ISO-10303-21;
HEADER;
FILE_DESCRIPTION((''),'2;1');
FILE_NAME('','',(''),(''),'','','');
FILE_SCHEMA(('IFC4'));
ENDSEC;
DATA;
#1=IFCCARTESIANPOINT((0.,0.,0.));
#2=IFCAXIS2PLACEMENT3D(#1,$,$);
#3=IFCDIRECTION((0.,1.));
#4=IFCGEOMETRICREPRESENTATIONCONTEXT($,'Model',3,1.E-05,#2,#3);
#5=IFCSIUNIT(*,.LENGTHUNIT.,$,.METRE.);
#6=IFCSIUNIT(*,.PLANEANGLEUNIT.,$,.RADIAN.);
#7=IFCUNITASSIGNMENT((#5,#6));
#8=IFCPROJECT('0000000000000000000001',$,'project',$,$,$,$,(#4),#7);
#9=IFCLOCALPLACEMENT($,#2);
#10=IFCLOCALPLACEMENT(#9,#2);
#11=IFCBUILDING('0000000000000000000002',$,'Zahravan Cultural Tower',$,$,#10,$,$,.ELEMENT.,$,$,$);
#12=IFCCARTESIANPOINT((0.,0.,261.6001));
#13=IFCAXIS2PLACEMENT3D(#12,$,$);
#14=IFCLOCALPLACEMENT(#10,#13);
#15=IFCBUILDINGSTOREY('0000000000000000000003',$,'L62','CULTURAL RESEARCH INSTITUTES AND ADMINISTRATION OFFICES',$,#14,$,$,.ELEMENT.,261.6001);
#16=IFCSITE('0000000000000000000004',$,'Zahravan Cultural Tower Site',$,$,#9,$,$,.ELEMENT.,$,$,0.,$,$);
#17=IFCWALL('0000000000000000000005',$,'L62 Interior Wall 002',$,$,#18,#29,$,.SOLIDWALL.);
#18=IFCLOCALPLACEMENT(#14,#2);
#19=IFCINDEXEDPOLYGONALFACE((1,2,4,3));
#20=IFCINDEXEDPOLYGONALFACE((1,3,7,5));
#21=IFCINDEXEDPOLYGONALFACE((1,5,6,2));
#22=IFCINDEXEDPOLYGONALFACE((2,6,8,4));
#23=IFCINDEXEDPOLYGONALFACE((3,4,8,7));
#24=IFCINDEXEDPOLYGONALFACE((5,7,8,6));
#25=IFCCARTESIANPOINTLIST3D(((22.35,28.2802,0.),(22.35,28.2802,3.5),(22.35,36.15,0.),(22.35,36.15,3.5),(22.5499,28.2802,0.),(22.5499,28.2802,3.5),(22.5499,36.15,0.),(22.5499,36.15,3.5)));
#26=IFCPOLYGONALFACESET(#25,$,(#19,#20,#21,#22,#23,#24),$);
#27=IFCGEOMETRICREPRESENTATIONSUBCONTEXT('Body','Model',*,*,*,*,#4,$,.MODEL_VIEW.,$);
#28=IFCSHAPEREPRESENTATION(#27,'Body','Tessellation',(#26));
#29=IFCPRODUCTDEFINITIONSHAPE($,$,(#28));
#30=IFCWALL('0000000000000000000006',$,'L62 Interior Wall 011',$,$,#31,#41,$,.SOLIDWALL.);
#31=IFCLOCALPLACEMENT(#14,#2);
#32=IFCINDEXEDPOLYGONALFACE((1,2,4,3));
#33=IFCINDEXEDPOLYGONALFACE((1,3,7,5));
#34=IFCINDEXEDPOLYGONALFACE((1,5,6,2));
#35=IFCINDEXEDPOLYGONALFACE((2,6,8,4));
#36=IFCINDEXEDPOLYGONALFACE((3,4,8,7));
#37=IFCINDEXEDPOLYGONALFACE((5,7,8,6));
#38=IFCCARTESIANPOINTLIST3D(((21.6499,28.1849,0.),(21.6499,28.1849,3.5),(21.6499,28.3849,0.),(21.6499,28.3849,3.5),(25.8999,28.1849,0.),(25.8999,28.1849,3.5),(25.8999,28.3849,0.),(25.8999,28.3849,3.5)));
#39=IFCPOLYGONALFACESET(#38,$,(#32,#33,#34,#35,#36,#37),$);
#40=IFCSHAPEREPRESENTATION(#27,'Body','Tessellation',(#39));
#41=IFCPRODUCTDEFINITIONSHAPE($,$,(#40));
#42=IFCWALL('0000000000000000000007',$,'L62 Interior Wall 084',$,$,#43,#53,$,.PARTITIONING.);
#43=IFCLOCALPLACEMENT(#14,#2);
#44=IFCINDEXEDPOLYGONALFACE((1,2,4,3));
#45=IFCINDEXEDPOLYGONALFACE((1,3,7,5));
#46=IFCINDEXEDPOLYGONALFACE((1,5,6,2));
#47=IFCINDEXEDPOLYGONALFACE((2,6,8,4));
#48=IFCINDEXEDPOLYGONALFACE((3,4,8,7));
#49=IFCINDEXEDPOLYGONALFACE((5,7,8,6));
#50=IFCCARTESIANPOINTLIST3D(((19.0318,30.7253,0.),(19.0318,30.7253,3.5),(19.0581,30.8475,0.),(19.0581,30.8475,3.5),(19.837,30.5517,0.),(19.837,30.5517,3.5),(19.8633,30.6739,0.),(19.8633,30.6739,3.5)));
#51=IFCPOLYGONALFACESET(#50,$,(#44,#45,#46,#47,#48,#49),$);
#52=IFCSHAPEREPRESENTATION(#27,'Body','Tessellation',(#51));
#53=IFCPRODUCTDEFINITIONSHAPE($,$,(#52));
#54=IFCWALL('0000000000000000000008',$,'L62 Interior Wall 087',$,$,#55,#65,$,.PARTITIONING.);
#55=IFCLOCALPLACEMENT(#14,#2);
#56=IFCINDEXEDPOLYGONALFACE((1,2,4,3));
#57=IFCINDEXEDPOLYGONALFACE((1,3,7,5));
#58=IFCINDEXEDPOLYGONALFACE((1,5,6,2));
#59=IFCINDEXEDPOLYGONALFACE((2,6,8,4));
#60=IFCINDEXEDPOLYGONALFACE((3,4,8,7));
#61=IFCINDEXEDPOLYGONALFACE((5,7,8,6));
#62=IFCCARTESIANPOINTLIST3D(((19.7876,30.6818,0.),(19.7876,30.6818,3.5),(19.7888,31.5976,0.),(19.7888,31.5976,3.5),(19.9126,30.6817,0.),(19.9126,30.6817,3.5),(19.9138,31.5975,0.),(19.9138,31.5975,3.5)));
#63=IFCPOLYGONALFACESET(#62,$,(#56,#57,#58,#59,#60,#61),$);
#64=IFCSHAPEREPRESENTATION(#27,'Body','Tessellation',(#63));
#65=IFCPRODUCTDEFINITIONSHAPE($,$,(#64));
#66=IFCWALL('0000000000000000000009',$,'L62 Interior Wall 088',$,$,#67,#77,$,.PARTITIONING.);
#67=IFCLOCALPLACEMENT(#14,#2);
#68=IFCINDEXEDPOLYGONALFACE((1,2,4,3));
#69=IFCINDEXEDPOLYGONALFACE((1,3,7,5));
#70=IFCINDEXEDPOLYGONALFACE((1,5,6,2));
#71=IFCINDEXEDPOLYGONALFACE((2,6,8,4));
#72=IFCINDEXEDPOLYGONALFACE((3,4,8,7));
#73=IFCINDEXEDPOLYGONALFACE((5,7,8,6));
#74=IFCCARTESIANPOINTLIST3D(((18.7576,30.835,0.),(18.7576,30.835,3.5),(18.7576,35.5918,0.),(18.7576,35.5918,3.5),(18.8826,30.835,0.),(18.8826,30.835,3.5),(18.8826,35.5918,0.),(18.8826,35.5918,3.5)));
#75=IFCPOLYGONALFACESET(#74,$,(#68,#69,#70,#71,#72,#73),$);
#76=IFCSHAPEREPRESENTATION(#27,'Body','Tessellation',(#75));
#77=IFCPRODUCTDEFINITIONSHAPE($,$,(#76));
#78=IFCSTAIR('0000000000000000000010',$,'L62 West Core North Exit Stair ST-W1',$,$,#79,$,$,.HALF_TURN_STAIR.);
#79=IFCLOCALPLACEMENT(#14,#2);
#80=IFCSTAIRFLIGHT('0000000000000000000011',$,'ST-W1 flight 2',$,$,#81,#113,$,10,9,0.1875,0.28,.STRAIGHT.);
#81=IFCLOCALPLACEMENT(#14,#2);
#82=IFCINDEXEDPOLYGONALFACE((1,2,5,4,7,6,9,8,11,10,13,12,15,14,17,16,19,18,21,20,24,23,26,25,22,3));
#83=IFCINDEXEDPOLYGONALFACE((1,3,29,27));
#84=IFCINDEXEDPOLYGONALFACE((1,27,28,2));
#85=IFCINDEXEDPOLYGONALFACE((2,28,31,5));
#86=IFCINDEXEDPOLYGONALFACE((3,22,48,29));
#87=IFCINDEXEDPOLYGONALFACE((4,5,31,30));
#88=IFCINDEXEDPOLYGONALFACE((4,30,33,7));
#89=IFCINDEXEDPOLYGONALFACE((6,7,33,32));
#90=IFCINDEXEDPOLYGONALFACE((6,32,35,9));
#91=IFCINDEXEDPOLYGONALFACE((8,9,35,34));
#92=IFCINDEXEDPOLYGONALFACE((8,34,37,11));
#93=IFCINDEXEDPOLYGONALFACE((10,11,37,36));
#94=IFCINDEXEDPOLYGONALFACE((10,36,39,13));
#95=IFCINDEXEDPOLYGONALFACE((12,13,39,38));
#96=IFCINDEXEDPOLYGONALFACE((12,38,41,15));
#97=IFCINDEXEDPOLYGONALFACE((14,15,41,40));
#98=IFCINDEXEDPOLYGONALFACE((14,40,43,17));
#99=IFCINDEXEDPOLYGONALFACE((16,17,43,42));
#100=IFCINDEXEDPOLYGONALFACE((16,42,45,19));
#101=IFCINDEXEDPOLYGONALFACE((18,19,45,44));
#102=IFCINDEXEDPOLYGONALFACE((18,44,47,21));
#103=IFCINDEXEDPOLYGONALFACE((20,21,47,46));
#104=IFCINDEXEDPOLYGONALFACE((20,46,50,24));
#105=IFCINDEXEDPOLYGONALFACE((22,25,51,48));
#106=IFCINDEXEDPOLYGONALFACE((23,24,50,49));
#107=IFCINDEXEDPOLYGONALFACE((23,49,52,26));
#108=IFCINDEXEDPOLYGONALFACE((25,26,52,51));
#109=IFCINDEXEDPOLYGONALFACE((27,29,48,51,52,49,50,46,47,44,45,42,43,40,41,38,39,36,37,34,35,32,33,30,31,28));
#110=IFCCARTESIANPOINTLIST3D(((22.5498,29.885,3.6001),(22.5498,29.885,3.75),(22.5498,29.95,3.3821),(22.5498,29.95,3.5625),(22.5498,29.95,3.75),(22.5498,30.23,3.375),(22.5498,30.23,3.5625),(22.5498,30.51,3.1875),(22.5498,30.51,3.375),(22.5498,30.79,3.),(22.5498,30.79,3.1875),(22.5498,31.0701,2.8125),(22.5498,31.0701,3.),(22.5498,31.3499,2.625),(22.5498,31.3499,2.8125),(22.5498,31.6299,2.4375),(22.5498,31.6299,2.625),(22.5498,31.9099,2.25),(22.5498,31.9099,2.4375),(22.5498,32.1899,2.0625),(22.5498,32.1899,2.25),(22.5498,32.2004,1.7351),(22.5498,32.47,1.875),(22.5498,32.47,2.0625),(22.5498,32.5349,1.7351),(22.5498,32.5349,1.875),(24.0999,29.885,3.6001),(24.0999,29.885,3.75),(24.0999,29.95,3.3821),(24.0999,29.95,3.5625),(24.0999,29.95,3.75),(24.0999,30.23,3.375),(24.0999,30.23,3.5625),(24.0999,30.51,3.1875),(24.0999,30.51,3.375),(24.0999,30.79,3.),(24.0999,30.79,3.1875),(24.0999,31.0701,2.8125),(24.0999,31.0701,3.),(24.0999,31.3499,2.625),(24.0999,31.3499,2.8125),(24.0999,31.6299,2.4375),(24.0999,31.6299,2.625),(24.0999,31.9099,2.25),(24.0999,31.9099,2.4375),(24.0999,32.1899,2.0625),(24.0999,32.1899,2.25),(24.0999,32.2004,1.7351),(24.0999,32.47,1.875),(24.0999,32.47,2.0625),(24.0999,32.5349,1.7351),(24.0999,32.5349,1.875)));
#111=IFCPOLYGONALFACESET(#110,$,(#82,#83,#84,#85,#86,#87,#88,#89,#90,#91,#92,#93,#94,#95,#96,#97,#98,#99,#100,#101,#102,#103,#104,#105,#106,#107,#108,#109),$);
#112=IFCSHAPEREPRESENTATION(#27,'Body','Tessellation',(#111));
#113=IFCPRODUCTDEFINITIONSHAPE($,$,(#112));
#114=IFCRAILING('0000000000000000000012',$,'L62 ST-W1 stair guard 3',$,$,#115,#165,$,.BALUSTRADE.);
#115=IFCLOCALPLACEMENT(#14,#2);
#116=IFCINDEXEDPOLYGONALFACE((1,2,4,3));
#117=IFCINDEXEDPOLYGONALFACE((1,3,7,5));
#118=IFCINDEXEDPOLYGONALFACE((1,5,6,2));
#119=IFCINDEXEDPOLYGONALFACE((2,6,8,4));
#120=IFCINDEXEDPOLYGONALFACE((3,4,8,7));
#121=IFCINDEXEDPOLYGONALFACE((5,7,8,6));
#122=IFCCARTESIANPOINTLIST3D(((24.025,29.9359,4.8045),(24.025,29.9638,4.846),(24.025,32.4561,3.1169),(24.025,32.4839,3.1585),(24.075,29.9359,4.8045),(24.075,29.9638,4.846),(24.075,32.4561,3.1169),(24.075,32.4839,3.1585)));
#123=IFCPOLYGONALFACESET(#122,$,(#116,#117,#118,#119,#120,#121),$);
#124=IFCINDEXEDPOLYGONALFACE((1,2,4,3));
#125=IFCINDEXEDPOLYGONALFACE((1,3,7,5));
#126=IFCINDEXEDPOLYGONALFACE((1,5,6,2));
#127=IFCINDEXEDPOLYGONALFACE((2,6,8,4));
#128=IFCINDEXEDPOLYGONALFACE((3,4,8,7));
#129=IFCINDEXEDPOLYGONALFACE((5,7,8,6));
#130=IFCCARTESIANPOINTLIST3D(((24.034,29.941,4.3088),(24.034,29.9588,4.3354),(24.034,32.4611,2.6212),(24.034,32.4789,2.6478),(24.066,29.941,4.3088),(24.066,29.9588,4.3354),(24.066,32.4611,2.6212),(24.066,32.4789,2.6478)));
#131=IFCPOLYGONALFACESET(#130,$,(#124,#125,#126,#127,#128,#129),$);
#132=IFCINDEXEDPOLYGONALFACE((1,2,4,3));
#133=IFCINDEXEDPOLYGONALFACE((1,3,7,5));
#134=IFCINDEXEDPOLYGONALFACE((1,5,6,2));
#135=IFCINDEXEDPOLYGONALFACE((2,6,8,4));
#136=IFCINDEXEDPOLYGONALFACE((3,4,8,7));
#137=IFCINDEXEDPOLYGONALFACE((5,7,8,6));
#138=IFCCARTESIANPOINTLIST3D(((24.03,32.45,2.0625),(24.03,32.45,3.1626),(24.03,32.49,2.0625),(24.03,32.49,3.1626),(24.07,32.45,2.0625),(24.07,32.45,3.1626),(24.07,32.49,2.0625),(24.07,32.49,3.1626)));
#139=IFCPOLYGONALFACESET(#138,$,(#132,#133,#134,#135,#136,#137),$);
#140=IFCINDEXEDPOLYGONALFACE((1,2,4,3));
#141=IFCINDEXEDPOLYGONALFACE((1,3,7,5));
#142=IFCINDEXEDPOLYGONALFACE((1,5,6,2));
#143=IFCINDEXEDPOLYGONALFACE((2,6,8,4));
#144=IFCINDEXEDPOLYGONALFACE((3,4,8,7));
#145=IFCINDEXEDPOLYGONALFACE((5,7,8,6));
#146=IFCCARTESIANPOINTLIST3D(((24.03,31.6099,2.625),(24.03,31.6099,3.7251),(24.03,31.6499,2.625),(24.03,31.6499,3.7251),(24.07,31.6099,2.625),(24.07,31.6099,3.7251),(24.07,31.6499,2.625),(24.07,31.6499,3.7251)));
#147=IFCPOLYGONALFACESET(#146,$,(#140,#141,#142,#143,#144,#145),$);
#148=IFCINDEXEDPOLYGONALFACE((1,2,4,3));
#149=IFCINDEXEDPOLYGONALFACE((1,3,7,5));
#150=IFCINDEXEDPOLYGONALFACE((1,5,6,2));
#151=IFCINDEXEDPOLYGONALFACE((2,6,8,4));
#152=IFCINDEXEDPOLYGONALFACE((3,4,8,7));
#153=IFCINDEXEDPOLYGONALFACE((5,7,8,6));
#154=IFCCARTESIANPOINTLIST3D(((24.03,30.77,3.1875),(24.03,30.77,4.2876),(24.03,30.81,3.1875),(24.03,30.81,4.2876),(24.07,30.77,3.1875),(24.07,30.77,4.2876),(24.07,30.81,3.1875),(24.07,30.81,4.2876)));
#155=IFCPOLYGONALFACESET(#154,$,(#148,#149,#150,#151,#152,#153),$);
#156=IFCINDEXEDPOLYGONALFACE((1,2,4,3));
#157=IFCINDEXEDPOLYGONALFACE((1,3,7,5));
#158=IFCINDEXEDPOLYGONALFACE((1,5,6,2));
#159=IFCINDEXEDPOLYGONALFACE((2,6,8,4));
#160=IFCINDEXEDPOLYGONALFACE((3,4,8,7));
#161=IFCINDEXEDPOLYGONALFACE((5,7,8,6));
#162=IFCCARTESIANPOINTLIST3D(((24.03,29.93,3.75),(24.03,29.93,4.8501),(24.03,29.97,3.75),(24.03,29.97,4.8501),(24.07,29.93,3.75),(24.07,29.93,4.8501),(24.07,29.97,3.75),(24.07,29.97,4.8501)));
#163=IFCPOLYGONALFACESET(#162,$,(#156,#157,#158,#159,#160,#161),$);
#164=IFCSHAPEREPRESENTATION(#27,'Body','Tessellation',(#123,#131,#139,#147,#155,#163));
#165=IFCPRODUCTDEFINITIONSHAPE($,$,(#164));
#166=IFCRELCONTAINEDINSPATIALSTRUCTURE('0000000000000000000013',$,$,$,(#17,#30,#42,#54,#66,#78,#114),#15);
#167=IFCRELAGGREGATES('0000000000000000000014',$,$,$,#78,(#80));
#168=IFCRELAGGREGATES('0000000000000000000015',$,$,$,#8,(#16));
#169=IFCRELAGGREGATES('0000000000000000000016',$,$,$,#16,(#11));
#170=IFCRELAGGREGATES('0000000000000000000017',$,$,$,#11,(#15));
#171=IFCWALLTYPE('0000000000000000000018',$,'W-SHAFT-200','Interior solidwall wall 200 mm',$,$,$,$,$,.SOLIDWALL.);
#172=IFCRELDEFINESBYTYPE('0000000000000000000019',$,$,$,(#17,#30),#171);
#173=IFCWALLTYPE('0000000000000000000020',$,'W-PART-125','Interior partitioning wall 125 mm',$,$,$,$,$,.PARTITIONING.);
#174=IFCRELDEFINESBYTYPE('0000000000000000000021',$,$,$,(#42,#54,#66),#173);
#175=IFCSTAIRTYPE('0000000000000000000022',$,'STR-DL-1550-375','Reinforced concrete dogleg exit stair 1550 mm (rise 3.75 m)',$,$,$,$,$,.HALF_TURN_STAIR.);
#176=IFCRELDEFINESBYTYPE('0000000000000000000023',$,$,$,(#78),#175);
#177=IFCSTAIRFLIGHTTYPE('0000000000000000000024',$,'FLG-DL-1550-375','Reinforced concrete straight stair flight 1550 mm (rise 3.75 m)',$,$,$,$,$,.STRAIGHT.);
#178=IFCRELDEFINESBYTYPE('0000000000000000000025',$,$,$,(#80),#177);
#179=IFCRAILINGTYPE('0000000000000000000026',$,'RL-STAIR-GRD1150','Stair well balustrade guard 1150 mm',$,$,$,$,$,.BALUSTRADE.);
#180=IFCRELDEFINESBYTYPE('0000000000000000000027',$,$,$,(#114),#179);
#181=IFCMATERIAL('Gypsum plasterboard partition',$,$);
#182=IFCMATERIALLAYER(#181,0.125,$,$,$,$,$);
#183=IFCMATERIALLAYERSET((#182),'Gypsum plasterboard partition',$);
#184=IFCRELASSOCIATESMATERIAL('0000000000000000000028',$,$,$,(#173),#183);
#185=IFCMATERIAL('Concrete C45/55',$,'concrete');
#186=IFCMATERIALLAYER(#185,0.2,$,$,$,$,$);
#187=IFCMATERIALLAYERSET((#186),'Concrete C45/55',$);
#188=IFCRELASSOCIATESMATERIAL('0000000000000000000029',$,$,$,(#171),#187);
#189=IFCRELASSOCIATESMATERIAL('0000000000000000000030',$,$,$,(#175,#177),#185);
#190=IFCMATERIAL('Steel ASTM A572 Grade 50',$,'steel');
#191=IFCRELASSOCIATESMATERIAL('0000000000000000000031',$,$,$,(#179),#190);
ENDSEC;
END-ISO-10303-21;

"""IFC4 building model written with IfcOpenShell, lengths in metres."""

from ifc_helpers import new_model, si_unit, direction, frame, frame_2d, origin, origin_2d, place, context, subcontext, project, spatial, polyline, rectangle, outline, extrude, source, transform, mapped, material, layer, layer_set, type_object, element, aggregate, save


model = new_model("IFC4")

# Units and contexts
model_context = context("Model", 3, precision=1e-05, world=origin(), true_north=direction((0.0, 1.0)))
body_context = subcontext(model_context, "Body", "Model", "MODEL_VIEW")
ifc_project = project(units=[si_unit("LENGTHUNIT", "METRE"), si_unit("PLANEANGLEUNIT", "RADIAN")], contexts=[model_context])

# Site, building, storey
site_placement = place(None, origin())
site = spatial("IfcSite", under=ifc_project, at=site_placement, Name="Zahravan Cultural Tower Site", CompositionType="ELEMENT", RefElevation=0.0)
building_placement = place(site_placement, origin())
building = spatial("IfcBuilding", under=site, at=building_placement, Name="Zahravan Cultural Tower", CompositionType="ELEMENT")
storey_placement = place(building_placement, frame((0.0, 0.0, 261.6001)))
storey = spatial("IfcBuildingStorey", under=building, at=storey_placement, Name="L62", Description="CULTURAL RESEARCH INSTITUTES AND ADMINISTRATION OFFICES", CompositionType="ELEMENT", Elevation=261.6001)

# Shared definitions
ifc_material_1 = material(Name="Gypsum plasterboard partition")
ifc_layer_1 = layer(ifc_material_1, 0.125)
ifc_layer_set_1 = layer_set([ifc_layer_1], Name="Gypsum plasterboard partition")
wall_type_1 = type_object("IfcWallType", Name="W-PART-125", Description="Interior partitioning wall 125 mm", PredefinedType="PARTITIONING", material=ifc_layer_set_1)

# Walls
ifc_material_2 = material(Name="Concrete C45/55", Category="concrete")
ifc_layer_2 = layer(ifc_material_2, 0.2)
ifc_layer_set_2 = layer_set([ifc_layer_2], Name="Concrete C45/55")
wall_type_2 = type_object("IfcWallType", Name="W-SHAFT-200", Description="Interior solidwall wall 200 mm", PredefinedType="SOLIDWALL", material=ifc_layer_set_2)
shared_shape_1 = source(origin(), body_context, "Body", "SweptSolid", [
    extrude(rectangle(XDim=7.8699, YDim=0.2, at=frame_2d((3.9351, 0.0))), origin(), (0.0, 0.0, 1.0), 3.5),
])
wall_1_placement = place(storey_placement, frame((22.45, 28.28, 0.0), z_axis=(0.0, 0.0, 1.0), x_axis=(0.0, 1.0, 0.0)))
element("IfcWall", 1, at=wall_1_placement, inside=storey, type_object=wall_type_2, Name="L62 Interior Wall 002", PredefinedType="SOLIDWALL", context=body_context, shape_type="MappedRepresentation", body=[
    mapped(shared_shape_1, transform((0.0, 0.0, 0.0), x_axis=(1.0, 0.0, 0.0), y_axis=(0.0, 1.0, 0.0), z_axis=(0.0, 0.0, 1.0), scale=1.0)),
])
shared_shape_2 = source(origin(), body_context, "Body", "SweptSolid", [
    extrude(rectangle(XDim=4.25, YDim=0.2, at=frame_2d((2.125, 0.0))), origin(), (0.0, 0.0, 1.0), 3.5),
])
wall_2_placement = place(storey_placement, frame((21.6499, 28.2849, 0.0), z_axis=(0.0, 0.0, 1.0), x_axis=(1.0, 0.0, 0.0)))
element("IfcWall", 2, at=wall_2_placement, inside=storey, type_object=wall_type_2, Name="L62 Interior Wall 011", PredefinedType="SOLIDWALL", context=body_context, shape_type="MappedRepresentation", body=[
    mapped(shared_shape_2, transform((0.0, 0.0, 0.0), x_axis=(1.0, 0.0, 0.0), y_axis=(0.0, 1.0, 0.0), z_axis=(0.0, 0.0, 1.0), scale=1.0)),
])
shared_shape_3 = source(origin(), body_context, "Body", "SweptSolid", [
    extrude(rectangle(XDim=0.8237, YDim=0.125, at=frame_2d((0.4119, 0.0))), origin(), (0.0, 0.0, 1.0), 3.5),
])
wall_3_placement = place(storey_placement, frame((19.0449, 30.7864, 0.0), z_axis=(0.0, 0.0, 1.0), x_axis=(0.977541, -0.210743, 0.0)))
element("IfcWall", 3, at=wall_3_placement, inside=storey, type_object=wall_type_1, Name="L62 Interior Wall 084", PredefinedType="PARTITIONING", context=body_context, shape_type="MappedRepresentation", body=[
    mapped(shared_shape_3, transform((0.0, 0.0, 0.0), x_axis=(1.0, 0.0, 0.0), y_axis=(0.0, 1.0, 0.0), z_axis=(0.0, 0.0, 1.0), scale=1.0)),
])
shared_shape_4 = source(origin(), body_context, "Body", "SweptSolid", [
    extrude(rectangle(XDim=0.9158, YDim=0.125, at=frame_2d((0.458, 0.0))), origin(), (0.0, 0.0, 1.0), 3.5),
])
wall_4_placement = place(storey_placement, frame((19.8513, 31.5977, 0.0), z_axis=(0.0, 0.0, 1.0), x_axis=(-0.001333, -0.999999, 0.0)))
element("IfcWall", 4, at=wall_4_placement, inside=storey, type_object=wall_type_1, Name="L62 Interior Wall 087", PredefinedType="PARTITIONING", context=body_context, shape_type="MappedRepresentation", body=[
    mapped(shared_shape_4, transform((0.0, 0.0, 0.0), x_axis=(1.0, 0.0, 0.0), y_axis=(0.0, 1.0, 0.0), z_axis=(0.0, 0.0, 1.0), scale=1.0)),
])
shared_shape_5 = source(origin(), body_context, "Body", "SweptSolid", [
    extrude(rectangle(XDim=4.7568, YDim=0.125, at=frame_2d((2.3784, 0.0))), origin(), (0.0, 0.0, 1.0), 3.5),
])
wall_5_placement = place(storey_placement, frame((18.8201, 30.835, 0.0), z_axis=(0.0, 0.0, 1.0), x_axis=(0.0, 1.0, 0.0)))
element("IfcWall", 5, at=wall_5_placement, inside=storey, type_object=wall_type_1, Name="L62 Interior Wall 088", PredefinedType="PARTITIONING", context=body_context, shape_type="MappedRepresentation", body=[
    mapped(shared_shape_5, transform((0.0, 0.0, 0.0), x_axis=(1.0, 0.0, 0.0), y_axis=(0.0, 1.0, 0.0), z_axis=(0.0, 0.0, 1.0), scale=1.0)),
])

# Stair, stair flight
stair_type = type_object("IfcStairType", Name="STR-DL-1550-375", Description="Reinforced concrete dogleg exit stair 1550 mm (rise 3.75 m)", PredefinedType="HALF_TURN_STAIR", material=ifc_material_2)
stair_placement = place(storey_placement, origin())
stair = element("IfcStair", 6, at=stair_placement, inside=storey, type_object=stair_type, Name="L62 West Core North Exit Stair ST-W1", PredefinedType="HALF_TURN_STAIR")
stair_flight_type = type_object("IfcStairFlightType", Name="FLG-DL-1550-375", Description="Reinforced concrete straight stair flight 1550 mm (rise 3.75 m)", PredefinedType="STRAIGHT", material=ifc_material_2)
stair_flight_placement = place(storey_placement, frame((23.325, 32.47, 1.875), z_axis=(0.0, 0.0, 1.0), x_axis=(0.0, -1.0, 0.0)))
stair_flight = element("IfcStairFlight", 7, at=stair_flight_placement, type_object=stair_flight_type, Name="ST-W1 flight 2", NumberOfRisers=10, NumberOfTreads=9, PredefinedType="STRAIGHT", RiserHeight=0.1875, TreadLength=0.28, context=body_context, shape_type="SweptSolid", body=[
    extrude(outline(polyline([(-0.0649, -0.1399), (-0.0649, 0.0), (0.0, 0.0), (0.0, 0.1875), (0.28, 0.1875), (0.28, 0.375), (0.5601, 0.375), (0.5601, 0.5625), (0.8401, 0.5625), (0.8401, 0.75), (1.1201, 0.75), (1.1201, 0.9375), (1.3999, 0.9375), (1.3999, 1.125), (1.6799, 1.125), (1.6799, 1.3125), (1.96, 1.3125), (1.96, 1.5), (2.24, 1.5), (2.24, 1.6875), (2.52, 1.6875), (2.52, 1.875), (2.585, 1.875), (2.585, 1.7251), (2.52, 1.5071), (0.2695, -0.1399), (-0.0649, -0.1399)])), frame((0.0, 0.7749, 0.0), z_axis=(0.0, -1.0, 0.0), x_axis=(1.0, 0.0, 0.0)), (0.0, 0.0, 1.0), 1.55),
])
aggregate(stair, [stair_flight])

# Railing
ifc_material_3 = material(Name="Steel ASTM A572 Grade 50", Category="steel")
railing_type_1 = type_object("IfcRailingType", Name="RL-STAIR-GRD1150", Description="Stair well balustrade guard 1150 mm", PredefinedType="BALUSTRADE", material=ifc_material_3)
railing_1_placement = place(storey_placement, frame((24.05, 32.47, 2.0625)))
element("IfcRailing", 8, at=railing_1_placement, inside=storey, type_object=railing_type_1, Name="L62 ST-W1 stair guard 3", PredefinedType="BALUSTRADE", context=body_context, shape_type="SweptSolid", body=[
    extrude(rectangle(XDim=0.05, YDim=0.05, at=origin_2d()), frame((0.0, 0.0, 1.0752), z_axis=(0.0, -0.830909, 0.556408), x_axis=(1.0, 0.0, 0.0)), (0.0, 0.0, 1.0), 3.033),
    extrude(rectangle(XDim=0.032, YDim=0.032, at=origin_2d()), frame((0.0, 0.0, 0.572), z_axis=(0.0, -0.830909, 0.556408), x_axis=(1.0, 0.0, 0.0)), (0.0, 0.0, 1.0), 3.033),
    extrude(rectangle(XDim=0.04, YDim=0.04, at=origin_2d()), origin(), (0.0, 0.0, 1.0), 1.1001),
    extrude(rectangle(XDim=0.04, YDim=0.04, at=origin_2d()), frame((0.0, -0.8401, 0.5625)), (0.0, 0.0, 1.0), 1.1001),
    extrude(rectangle(XDim=0.04, YDim=0.04, at=origin_2d()), frame((0.0, -1.6799, 1.125)), (0.0, 0.0, 1.0), 1.1001),
    extrude(rectangle(XDim=0.04, YDim=0.04, at=origin_2d()), frame((0.0, -2.52, 1.6875)), (0.0, 0.0, 1.0), 1.1001),
])

save(model, "model.ifc")
